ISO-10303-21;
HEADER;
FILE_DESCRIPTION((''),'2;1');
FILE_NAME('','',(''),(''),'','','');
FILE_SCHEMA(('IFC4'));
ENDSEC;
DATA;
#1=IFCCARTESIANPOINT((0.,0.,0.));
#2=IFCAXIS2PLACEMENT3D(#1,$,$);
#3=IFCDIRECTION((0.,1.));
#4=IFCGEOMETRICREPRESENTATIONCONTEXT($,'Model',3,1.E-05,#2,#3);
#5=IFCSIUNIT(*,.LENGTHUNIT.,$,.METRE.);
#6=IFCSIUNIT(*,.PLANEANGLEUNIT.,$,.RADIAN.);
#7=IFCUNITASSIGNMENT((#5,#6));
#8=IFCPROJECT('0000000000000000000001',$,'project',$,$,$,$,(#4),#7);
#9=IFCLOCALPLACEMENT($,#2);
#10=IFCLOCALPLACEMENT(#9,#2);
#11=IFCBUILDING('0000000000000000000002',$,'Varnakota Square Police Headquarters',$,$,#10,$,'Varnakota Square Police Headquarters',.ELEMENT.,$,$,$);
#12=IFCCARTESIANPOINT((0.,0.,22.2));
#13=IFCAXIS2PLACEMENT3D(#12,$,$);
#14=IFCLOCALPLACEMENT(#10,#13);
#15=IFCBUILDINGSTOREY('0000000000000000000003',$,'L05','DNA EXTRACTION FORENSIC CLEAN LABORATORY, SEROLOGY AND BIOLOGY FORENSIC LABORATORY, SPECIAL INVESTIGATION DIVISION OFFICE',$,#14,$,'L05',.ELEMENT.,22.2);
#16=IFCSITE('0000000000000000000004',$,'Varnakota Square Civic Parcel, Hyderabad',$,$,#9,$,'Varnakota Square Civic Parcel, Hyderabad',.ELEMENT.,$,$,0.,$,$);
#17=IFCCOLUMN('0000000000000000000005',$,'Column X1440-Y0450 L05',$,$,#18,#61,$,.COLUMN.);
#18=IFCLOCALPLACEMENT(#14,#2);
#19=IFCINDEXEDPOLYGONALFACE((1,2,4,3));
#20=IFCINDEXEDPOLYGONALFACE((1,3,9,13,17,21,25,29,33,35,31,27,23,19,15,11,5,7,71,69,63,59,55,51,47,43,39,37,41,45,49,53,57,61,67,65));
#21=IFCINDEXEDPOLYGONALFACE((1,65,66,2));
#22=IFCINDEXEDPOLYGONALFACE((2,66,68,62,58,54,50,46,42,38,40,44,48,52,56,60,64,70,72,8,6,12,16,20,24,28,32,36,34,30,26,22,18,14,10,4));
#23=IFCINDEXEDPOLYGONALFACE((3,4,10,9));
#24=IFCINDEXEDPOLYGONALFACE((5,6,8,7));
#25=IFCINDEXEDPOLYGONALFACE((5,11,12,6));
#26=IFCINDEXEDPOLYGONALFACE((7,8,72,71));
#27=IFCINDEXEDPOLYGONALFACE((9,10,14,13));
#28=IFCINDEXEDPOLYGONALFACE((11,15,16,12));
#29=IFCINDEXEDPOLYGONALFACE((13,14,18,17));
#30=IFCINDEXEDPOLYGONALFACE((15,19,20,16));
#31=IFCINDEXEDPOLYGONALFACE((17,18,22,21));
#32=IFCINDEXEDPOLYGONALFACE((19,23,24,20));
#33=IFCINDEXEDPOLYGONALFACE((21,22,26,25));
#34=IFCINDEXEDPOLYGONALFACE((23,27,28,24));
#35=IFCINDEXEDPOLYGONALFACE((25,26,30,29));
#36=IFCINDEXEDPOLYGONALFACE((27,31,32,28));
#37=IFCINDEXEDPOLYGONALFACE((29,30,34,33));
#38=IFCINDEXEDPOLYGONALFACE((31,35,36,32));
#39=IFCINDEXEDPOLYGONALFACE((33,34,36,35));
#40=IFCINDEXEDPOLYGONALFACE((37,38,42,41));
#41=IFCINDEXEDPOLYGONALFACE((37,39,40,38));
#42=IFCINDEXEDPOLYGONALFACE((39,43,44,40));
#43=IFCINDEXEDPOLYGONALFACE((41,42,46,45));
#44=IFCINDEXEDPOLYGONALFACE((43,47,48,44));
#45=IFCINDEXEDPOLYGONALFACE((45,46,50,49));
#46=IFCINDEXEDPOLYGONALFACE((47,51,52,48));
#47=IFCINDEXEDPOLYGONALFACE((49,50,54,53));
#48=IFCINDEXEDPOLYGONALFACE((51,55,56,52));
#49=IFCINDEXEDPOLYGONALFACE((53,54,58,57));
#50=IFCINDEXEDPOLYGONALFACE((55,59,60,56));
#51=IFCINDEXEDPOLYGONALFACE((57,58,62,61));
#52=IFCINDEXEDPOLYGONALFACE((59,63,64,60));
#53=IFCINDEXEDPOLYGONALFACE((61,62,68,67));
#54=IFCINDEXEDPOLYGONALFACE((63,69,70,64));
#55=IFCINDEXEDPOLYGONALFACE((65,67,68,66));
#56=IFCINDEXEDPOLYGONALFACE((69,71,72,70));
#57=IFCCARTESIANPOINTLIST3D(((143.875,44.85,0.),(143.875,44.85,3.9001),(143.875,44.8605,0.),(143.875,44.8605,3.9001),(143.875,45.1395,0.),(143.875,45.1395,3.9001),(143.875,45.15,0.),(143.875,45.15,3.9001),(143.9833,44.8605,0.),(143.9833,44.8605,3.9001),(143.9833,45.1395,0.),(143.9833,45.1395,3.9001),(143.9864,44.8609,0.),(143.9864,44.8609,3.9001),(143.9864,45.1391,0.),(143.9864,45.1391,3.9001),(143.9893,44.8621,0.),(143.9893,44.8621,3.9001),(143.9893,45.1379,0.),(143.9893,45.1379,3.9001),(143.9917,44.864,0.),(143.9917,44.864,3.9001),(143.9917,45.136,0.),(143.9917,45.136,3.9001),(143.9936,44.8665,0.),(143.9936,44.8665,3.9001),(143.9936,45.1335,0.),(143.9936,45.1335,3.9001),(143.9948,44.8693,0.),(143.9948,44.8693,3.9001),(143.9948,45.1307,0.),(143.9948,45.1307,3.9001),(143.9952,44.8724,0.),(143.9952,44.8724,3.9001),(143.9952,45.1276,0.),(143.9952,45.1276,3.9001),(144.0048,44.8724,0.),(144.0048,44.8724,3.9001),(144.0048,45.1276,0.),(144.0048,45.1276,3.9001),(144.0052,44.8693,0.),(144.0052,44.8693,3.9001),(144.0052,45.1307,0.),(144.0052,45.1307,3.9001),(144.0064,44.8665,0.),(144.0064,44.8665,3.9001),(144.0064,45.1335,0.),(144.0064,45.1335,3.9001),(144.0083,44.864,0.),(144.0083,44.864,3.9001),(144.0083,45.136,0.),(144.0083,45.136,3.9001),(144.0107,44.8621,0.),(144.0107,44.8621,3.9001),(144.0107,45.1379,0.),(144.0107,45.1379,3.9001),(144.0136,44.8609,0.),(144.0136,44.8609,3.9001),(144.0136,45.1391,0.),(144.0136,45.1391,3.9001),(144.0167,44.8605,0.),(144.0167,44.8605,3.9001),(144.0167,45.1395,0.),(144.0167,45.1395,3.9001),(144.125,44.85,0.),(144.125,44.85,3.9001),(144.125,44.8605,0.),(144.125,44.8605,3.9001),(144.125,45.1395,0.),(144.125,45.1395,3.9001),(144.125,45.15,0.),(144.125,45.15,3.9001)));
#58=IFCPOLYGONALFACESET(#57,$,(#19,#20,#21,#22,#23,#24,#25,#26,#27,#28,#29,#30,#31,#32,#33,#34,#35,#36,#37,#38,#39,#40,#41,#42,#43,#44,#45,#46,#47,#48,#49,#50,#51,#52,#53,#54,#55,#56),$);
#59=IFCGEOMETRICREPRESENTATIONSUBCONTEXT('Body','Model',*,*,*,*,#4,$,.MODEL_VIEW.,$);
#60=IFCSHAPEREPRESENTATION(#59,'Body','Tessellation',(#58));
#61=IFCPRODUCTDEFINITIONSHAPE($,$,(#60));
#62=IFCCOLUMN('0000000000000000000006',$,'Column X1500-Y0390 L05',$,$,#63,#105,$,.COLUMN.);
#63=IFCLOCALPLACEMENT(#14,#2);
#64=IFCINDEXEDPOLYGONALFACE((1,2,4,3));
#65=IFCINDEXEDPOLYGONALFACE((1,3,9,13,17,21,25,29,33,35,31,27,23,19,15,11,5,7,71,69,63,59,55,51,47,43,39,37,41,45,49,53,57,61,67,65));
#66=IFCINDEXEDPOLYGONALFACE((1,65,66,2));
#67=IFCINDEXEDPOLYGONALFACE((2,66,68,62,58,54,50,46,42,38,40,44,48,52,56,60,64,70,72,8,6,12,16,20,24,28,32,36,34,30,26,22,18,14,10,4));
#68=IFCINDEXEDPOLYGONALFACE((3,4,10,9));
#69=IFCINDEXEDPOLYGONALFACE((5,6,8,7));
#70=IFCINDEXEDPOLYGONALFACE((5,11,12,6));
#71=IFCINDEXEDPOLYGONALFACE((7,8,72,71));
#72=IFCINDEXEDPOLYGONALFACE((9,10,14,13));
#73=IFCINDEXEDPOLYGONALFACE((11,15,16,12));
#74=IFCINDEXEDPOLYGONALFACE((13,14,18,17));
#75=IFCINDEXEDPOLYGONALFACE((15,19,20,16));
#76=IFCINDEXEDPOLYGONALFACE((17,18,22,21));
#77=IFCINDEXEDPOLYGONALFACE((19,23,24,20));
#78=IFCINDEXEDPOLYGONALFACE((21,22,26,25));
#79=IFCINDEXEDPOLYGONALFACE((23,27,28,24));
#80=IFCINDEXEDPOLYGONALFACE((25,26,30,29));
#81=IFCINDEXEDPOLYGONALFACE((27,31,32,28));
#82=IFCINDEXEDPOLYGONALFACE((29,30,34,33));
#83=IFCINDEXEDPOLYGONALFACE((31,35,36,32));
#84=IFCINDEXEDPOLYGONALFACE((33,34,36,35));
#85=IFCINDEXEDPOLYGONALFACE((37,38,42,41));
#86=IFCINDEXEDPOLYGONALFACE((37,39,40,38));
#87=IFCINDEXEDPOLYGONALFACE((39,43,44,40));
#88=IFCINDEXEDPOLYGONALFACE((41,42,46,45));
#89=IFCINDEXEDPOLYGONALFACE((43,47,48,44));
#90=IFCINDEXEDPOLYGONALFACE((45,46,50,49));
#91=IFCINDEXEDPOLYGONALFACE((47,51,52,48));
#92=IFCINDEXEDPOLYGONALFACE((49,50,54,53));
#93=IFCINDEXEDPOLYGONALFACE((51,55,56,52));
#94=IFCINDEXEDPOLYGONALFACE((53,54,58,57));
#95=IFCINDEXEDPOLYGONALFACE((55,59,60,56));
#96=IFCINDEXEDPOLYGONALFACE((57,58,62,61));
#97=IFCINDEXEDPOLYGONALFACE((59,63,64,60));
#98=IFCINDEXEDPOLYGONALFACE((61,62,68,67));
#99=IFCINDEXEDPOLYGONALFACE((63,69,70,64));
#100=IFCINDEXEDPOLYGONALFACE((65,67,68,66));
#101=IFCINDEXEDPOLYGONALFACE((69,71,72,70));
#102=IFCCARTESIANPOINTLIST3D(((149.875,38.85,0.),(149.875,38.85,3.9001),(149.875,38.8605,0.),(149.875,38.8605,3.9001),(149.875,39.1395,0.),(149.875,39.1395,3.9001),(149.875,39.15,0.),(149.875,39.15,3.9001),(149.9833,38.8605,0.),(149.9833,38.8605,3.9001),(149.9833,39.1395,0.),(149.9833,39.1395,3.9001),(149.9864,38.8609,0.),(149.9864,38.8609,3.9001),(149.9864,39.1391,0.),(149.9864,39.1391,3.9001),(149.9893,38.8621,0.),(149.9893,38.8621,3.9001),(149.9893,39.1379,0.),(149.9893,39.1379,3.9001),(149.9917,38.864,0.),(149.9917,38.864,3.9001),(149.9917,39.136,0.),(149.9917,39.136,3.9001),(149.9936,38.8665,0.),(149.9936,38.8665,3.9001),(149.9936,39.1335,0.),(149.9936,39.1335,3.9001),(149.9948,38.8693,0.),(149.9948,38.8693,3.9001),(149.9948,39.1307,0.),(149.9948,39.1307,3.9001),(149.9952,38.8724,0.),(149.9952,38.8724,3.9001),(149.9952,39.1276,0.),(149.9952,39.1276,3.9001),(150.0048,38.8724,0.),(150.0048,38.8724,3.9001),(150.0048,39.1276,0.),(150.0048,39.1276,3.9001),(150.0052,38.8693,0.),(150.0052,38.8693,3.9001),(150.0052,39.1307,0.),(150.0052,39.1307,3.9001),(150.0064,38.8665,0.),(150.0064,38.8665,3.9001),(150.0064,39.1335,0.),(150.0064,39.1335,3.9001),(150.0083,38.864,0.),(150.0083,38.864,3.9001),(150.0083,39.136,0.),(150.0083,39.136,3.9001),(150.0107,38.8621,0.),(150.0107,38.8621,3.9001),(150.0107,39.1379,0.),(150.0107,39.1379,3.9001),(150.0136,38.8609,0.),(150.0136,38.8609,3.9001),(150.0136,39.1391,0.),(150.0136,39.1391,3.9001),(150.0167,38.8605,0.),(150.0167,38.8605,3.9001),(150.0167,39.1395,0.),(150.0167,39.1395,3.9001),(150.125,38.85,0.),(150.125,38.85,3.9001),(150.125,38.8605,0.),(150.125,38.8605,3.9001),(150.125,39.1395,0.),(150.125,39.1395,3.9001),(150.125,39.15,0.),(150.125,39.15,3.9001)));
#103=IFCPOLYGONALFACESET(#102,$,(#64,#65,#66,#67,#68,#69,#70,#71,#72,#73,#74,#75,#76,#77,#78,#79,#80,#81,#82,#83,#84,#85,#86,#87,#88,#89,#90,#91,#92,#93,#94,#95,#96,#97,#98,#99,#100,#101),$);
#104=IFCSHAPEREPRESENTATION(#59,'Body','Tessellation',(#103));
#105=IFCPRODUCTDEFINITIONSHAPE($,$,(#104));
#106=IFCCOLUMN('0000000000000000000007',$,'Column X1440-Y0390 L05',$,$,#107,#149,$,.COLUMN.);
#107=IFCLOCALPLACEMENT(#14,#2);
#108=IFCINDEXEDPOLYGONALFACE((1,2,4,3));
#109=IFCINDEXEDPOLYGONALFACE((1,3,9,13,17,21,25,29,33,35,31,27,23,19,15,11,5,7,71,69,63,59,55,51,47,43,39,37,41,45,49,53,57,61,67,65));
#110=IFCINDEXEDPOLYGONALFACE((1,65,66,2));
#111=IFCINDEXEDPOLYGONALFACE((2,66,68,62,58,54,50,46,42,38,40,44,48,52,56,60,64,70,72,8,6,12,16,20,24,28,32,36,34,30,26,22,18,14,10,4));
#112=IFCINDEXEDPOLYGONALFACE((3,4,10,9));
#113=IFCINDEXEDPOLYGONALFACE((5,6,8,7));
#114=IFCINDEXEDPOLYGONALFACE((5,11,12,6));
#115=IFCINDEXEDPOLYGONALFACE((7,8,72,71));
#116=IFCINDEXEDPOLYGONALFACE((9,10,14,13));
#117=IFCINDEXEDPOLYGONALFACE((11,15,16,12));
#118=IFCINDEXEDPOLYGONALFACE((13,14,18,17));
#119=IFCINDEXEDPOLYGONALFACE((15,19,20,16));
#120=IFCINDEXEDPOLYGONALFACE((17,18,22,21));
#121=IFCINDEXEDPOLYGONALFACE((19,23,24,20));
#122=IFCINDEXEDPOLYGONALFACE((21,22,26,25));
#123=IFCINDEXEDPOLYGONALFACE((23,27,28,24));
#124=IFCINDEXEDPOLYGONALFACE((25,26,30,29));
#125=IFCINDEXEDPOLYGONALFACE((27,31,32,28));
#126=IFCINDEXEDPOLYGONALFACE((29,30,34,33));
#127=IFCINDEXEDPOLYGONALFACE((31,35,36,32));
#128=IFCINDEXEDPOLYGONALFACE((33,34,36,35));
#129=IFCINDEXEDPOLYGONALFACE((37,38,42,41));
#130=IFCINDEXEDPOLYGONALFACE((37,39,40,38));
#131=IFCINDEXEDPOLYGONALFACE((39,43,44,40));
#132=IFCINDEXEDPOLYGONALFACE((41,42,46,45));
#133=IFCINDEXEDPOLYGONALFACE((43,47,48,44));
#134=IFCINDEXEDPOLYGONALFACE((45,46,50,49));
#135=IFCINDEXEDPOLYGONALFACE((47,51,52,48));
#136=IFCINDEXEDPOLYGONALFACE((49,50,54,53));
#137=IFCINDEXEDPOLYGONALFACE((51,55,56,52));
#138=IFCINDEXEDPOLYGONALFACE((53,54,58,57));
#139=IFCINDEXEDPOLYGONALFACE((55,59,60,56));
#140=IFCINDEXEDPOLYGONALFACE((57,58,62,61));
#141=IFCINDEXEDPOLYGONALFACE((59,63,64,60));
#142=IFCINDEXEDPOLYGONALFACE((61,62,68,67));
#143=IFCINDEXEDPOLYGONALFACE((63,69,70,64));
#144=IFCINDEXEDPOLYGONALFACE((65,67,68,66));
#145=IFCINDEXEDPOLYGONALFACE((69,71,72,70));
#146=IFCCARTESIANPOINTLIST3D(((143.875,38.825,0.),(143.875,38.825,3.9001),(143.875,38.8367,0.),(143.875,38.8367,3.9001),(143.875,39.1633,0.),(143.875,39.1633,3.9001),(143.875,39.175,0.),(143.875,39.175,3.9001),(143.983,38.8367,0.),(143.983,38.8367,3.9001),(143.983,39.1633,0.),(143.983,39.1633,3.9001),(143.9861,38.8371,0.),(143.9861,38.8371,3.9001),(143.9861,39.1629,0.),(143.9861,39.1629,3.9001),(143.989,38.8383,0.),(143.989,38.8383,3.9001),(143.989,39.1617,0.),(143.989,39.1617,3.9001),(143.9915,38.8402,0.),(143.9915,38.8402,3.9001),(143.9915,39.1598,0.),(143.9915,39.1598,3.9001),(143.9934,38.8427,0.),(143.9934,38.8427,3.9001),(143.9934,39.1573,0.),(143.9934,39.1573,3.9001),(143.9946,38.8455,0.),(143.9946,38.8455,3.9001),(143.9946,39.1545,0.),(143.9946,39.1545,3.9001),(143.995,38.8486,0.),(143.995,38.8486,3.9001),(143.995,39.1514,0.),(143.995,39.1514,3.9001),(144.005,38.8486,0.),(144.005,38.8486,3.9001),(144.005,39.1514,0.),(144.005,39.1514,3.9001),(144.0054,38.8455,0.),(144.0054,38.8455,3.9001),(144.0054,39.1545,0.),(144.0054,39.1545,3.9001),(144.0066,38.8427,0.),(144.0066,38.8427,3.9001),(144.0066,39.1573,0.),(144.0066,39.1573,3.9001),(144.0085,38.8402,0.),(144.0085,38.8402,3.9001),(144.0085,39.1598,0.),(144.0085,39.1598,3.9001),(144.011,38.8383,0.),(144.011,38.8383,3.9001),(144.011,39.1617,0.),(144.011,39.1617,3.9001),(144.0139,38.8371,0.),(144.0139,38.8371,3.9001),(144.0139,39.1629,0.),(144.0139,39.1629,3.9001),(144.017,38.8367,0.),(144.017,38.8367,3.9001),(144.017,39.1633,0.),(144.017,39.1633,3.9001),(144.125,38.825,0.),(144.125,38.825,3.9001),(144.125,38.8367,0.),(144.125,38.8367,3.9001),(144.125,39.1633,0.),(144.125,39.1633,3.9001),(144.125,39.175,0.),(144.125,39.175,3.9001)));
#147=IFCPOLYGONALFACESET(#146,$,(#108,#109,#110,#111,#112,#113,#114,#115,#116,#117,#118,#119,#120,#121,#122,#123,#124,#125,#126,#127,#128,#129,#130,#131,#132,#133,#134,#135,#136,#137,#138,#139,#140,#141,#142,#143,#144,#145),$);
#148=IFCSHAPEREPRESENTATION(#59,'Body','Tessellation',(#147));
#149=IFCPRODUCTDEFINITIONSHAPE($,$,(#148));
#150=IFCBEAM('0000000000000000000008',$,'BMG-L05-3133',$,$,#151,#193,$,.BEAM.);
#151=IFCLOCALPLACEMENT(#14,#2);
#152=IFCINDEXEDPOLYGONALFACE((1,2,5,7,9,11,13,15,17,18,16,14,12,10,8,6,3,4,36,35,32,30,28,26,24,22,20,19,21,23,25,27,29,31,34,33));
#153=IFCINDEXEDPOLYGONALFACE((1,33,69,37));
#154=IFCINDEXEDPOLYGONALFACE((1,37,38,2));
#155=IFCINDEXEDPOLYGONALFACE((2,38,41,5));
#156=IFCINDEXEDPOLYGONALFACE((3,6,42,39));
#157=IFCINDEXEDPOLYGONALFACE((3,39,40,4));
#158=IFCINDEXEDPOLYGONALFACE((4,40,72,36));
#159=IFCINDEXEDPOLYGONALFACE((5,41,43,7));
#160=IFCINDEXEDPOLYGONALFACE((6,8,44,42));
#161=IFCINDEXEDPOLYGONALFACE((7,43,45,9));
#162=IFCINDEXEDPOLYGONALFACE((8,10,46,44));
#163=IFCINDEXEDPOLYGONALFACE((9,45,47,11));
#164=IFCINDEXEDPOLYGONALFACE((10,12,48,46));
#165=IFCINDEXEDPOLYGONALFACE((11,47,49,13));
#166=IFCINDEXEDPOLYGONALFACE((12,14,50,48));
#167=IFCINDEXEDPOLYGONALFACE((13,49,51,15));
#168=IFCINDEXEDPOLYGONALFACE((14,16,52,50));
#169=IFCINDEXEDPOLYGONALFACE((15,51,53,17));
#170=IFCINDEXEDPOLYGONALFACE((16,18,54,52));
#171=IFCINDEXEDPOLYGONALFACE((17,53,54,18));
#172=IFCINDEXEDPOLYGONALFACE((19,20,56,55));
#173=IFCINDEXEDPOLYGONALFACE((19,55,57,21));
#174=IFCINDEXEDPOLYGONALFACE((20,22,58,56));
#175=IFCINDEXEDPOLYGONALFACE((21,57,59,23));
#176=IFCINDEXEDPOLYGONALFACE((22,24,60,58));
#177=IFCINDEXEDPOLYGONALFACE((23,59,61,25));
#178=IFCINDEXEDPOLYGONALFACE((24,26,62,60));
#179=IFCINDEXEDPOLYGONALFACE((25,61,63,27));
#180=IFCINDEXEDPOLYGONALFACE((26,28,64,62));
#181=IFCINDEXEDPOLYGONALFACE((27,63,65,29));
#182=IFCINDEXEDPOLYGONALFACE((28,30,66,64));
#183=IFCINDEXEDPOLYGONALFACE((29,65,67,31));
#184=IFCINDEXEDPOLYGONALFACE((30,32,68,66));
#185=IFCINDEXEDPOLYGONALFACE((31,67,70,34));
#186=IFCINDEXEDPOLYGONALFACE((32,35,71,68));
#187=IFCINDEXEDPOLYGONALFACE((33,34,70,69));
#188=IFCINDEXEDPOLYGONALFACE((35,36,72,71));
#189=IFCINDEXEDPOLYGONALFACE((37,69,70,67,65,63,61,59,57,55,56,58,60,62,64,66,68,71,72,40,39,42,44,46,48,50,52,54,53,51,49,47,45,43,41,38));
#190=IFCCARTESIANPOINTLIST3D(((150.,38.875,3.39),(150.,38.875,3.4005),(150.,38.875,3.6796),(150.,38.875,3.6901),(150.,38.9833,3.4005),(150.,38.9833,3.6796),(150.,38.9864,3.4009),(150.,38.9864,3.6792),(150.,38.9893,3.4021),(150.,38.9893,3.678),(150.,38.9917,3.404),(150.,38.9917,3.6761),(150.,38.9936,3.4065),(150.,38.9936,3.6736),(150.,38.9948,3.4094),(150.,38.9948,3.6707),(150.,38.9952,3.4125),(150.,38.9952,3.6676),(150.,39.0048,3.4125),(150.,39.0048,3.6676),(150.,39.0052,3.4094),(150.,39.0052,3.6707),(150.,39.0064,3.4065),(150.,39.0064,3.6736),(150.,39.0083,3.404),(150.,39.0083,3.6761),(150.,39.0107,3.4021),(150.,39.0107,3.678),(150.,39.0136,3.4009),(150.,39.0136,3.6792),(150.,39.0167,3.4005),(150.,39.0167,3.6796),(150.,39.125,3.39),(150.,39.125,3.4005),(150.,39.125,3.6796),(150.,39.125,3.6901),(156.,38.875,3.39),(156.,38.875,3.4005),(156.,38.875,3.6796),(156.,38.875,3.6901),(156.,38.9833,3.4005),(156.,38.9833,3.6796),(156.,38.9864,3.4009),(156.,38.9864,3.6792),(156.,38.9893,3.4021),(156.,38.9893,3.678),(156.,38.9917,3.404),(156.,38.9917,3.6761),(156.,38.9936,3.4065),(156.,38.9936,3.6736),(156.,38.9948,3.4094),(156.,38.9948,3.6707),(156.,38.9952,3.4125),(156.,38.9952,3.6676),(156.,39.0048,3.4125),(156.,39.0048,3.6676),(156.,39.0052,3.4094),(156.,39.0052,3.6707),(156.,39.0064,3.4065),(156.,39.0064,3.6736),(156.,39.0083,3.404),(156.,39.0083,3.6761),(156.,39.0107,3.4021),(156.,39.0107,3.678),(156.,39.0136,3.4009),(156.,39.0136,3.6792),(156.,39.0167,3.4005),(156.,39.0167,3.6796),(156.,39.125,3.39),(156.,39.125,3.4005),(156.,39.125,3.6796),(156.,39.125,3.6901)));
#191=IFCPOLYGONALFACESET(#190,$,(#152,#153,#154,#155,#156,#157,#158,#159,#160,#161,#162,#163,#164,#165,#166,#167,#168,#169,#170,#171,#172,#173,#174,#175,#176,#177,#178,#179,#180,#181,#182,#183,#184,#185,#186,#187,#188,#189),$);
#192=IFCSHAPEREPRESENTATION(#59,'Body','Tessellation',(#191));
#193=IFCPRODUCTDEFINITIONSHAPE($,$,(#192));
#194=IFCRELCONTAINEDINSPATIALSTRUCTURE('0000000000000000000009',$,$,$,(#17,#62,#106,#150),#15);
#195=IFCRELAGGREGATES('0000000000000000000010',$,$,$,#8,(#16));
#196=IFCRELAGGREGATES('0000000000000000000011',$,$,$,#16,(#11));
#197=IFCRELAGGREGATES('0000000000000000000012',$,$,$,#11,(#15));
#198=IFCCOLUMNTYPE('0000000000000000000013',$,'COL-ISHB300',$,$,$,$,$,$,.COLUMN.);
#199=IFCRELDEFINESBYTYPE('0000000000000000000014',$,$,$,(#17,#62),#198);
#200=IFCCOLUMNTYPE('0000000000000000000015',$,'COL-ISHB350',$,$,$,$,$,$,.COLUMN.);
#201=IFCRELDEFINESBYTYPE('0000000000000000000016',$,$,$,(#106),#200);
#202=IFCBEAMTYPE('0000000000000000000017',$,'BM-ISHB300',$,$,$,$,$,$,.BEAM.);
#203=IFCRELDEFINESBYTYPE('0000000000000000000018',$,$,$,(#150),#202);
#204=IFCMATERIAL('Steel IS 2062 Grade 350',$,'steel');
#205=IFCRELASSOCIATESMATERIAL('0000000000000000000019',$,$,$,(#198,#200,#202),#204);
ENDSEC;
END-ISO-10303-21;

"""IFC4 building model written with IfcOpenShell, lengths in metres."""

from ifc_helpers import new_model, si_unit, direction, frame, origin, origin_2d, place, context, subcontext, project, spatial, i_section, extrude, material, material_profile, profile_set, type_object, element, save


model = new_model("IFC4")

# Units and contexts
model_context = context("Model", 3, precision=1e-05, world=origin(), true_north=direction((0.0, 1.0)))
body_context = subcontext(model_context, "Body", "Model", "MODEL_VIEW")
ifc_project = project(units=[si_unit("LENGTHUNIT", "METRE"), si_unit("PLANEANGLEUNIT", "RADIAN")], contexts=[model_context])

# Site, building, storey
site_placement = place(None, origin())
site = spatial("IfcSite", under=ifc_project, at=site_placement, Name="Varnakota Square Civic Parcel, Hyderabad", LongName="Varnakota Square Civic Parcel, Hyderabad", CompositionType="ELEMENT", RefElevation=0.0)
building_placement = place(site_placement, origin())
building = spatial("IfcBuilding", under=site, at=building_placement, Name="Varnakota Square Police Headquarters", LongName="Varnakota Square Police Headquarters", CompositionType="ELEMENT")
storey_placement = place(building_placement, frame((0.0, 0.0, 22.2)))
storey = spatial("IfcBuildingStorey", under=building, at=storey_placement, Name="L05", Description="DNA EXTRACTION FORENSIC CLEAN LABORATORY, SEROLOGY AND BIOLOGY FORENSIC LABORATORY, SPECIAL INVESTIGATION DIVISION OFFICE", LongName="L05", CompositionType="ELEMENT", Elevation=22.2)

# Columns
ifc_material_1 = material(Name="Steel IS 2062 Grade 350", Category="steel")
ifc_material_profile_1 = material_profile(ifc_material_1, i_section(OverallWidth=0.25, OverallDepth=0.3, WebThickness=0.0095, FlangeThickness=0.0105, FilletRadius=0.012, at=origin_2d()), Name="ISHB 300")
ifc_profile_set_1 = profile_set([ifc_material_profile_1], Name="Steel IS 2062 Grade 350")
column_type_1 = type_object("IfcColumnType", Name="COL-ISHB300", PredefinedType="COLUMN", material=ifc_profile_set_1)
for number, where, z_axis, x_axis, name in (
    (1, (144.0, 45.0, 0.0), (0.0, 0.0, 1.0), (1.0, 0.0, 0.0), "Column X1440-Y0450 L05"),
    (2, (150.0, 39.0, 0.0), (0.0, 0.0, 1.0), (1.0, 0.0, 0.0), "Column X1500-Y0390 L05"),
):
    element("IfcColumn", number, at=place(storey_placement, frame(where, z_axis=z_axis, x_axis=x_axis)), inside=storey, type_object=column_type_1, Name=name, PredefinedType="COLUMN", context=body_context, shape_type="SweptSolid", body=[
        extrude(i_section(OverallWidth=0.25, OverallDepth=0.3, WebThickness=0.0095, FlangeThickness=0.0105, FilletRadius=0.012, at=origin_2d()), origin(), (0.0, 0.0, 1.0), 3.9001),
    ])
ifc_material_profile_2 = material_profile(ifc_material_1, i_section(OverallWidth=0.25, OverallDepth=0.3501, WebThickness=0.01, FlangeThickness=0.0117, FilletRadius=0.012, at=origin_2d()), Name="ISHB 350")
ifc_profile_set_2 = profile_set([ifc_material_profile_2], Name="Steel IS 2062 Grade 350")
column_type_2 = type_object("IfcColumnType", Name="COL-ISHB350", PredefinedType="COLUMN", material=ifc_profile_set_2)
column_placement = place(storey_placement, frame((144.0, 39.0, 0.0), z_axis=(0.0, 0.0, 1.0), x_axis=(1.0, 0.0, 0.0)))
element("IfcColumn", 3, at=column_placement, inside=storey, type_object=column_type_2, Name="Column X1440-Y0390 L05", PredefinedType="COLUMN", context=body_context, shape_type="SweptSolid", body=[
    extrude(i_section(OverallWidth=0.25, OverallDepth=0.3501, WebThickness=0.01, FlangeThickness=0.0117, FilletRadius=0.012, at=origin_2d()), origin(), (0.0, 0.0, 1.0), 3.9001),
])

# Beam
ifc_material_profile_3 = material_profile(ifc_material_1, i_section(OverallWidth=0.25, OverallDepth=0.3, WebThickness=0.0095, FlangeThickness=0.0105, FilletRadius=0.012, at=origin_2d()), Name="ISHB 300")
ifc_profile_set_3 = profile_set([ifc_material_profile_3], Name="Steel IS 2062 Grade 350")
beam_type_1 = type_object("IfcBeamType", Name="BM-ISHB300", PredefinedType="BEAM", material=ifc_profile_set_3)
beam_1_placement = place(storey_placement, frame((150.0, 39.0, 3.54), z_axis=(1.0, 0.0, 0.0), x_axis=(0.0, 1.0, 0.0)))
element("IfcBeam", 4, at=beam_1_placement, inside=storey, type_object=beam_type_1, Name="BMG-L05-3133", PredefinedType="BEAM", context=body_context, shape_type="SweptSolid", body=[
    extrude(i_section(OverallWidth=0.25, OverallDepth=0.3, WebThickness=0.0095, FlangeThickness=0.0105, FilletRadius=0.012, at=origin_2d()), origin(), (0.0, 0.0, 1.0), 6.0),
])

save(model, "model.ifc")
